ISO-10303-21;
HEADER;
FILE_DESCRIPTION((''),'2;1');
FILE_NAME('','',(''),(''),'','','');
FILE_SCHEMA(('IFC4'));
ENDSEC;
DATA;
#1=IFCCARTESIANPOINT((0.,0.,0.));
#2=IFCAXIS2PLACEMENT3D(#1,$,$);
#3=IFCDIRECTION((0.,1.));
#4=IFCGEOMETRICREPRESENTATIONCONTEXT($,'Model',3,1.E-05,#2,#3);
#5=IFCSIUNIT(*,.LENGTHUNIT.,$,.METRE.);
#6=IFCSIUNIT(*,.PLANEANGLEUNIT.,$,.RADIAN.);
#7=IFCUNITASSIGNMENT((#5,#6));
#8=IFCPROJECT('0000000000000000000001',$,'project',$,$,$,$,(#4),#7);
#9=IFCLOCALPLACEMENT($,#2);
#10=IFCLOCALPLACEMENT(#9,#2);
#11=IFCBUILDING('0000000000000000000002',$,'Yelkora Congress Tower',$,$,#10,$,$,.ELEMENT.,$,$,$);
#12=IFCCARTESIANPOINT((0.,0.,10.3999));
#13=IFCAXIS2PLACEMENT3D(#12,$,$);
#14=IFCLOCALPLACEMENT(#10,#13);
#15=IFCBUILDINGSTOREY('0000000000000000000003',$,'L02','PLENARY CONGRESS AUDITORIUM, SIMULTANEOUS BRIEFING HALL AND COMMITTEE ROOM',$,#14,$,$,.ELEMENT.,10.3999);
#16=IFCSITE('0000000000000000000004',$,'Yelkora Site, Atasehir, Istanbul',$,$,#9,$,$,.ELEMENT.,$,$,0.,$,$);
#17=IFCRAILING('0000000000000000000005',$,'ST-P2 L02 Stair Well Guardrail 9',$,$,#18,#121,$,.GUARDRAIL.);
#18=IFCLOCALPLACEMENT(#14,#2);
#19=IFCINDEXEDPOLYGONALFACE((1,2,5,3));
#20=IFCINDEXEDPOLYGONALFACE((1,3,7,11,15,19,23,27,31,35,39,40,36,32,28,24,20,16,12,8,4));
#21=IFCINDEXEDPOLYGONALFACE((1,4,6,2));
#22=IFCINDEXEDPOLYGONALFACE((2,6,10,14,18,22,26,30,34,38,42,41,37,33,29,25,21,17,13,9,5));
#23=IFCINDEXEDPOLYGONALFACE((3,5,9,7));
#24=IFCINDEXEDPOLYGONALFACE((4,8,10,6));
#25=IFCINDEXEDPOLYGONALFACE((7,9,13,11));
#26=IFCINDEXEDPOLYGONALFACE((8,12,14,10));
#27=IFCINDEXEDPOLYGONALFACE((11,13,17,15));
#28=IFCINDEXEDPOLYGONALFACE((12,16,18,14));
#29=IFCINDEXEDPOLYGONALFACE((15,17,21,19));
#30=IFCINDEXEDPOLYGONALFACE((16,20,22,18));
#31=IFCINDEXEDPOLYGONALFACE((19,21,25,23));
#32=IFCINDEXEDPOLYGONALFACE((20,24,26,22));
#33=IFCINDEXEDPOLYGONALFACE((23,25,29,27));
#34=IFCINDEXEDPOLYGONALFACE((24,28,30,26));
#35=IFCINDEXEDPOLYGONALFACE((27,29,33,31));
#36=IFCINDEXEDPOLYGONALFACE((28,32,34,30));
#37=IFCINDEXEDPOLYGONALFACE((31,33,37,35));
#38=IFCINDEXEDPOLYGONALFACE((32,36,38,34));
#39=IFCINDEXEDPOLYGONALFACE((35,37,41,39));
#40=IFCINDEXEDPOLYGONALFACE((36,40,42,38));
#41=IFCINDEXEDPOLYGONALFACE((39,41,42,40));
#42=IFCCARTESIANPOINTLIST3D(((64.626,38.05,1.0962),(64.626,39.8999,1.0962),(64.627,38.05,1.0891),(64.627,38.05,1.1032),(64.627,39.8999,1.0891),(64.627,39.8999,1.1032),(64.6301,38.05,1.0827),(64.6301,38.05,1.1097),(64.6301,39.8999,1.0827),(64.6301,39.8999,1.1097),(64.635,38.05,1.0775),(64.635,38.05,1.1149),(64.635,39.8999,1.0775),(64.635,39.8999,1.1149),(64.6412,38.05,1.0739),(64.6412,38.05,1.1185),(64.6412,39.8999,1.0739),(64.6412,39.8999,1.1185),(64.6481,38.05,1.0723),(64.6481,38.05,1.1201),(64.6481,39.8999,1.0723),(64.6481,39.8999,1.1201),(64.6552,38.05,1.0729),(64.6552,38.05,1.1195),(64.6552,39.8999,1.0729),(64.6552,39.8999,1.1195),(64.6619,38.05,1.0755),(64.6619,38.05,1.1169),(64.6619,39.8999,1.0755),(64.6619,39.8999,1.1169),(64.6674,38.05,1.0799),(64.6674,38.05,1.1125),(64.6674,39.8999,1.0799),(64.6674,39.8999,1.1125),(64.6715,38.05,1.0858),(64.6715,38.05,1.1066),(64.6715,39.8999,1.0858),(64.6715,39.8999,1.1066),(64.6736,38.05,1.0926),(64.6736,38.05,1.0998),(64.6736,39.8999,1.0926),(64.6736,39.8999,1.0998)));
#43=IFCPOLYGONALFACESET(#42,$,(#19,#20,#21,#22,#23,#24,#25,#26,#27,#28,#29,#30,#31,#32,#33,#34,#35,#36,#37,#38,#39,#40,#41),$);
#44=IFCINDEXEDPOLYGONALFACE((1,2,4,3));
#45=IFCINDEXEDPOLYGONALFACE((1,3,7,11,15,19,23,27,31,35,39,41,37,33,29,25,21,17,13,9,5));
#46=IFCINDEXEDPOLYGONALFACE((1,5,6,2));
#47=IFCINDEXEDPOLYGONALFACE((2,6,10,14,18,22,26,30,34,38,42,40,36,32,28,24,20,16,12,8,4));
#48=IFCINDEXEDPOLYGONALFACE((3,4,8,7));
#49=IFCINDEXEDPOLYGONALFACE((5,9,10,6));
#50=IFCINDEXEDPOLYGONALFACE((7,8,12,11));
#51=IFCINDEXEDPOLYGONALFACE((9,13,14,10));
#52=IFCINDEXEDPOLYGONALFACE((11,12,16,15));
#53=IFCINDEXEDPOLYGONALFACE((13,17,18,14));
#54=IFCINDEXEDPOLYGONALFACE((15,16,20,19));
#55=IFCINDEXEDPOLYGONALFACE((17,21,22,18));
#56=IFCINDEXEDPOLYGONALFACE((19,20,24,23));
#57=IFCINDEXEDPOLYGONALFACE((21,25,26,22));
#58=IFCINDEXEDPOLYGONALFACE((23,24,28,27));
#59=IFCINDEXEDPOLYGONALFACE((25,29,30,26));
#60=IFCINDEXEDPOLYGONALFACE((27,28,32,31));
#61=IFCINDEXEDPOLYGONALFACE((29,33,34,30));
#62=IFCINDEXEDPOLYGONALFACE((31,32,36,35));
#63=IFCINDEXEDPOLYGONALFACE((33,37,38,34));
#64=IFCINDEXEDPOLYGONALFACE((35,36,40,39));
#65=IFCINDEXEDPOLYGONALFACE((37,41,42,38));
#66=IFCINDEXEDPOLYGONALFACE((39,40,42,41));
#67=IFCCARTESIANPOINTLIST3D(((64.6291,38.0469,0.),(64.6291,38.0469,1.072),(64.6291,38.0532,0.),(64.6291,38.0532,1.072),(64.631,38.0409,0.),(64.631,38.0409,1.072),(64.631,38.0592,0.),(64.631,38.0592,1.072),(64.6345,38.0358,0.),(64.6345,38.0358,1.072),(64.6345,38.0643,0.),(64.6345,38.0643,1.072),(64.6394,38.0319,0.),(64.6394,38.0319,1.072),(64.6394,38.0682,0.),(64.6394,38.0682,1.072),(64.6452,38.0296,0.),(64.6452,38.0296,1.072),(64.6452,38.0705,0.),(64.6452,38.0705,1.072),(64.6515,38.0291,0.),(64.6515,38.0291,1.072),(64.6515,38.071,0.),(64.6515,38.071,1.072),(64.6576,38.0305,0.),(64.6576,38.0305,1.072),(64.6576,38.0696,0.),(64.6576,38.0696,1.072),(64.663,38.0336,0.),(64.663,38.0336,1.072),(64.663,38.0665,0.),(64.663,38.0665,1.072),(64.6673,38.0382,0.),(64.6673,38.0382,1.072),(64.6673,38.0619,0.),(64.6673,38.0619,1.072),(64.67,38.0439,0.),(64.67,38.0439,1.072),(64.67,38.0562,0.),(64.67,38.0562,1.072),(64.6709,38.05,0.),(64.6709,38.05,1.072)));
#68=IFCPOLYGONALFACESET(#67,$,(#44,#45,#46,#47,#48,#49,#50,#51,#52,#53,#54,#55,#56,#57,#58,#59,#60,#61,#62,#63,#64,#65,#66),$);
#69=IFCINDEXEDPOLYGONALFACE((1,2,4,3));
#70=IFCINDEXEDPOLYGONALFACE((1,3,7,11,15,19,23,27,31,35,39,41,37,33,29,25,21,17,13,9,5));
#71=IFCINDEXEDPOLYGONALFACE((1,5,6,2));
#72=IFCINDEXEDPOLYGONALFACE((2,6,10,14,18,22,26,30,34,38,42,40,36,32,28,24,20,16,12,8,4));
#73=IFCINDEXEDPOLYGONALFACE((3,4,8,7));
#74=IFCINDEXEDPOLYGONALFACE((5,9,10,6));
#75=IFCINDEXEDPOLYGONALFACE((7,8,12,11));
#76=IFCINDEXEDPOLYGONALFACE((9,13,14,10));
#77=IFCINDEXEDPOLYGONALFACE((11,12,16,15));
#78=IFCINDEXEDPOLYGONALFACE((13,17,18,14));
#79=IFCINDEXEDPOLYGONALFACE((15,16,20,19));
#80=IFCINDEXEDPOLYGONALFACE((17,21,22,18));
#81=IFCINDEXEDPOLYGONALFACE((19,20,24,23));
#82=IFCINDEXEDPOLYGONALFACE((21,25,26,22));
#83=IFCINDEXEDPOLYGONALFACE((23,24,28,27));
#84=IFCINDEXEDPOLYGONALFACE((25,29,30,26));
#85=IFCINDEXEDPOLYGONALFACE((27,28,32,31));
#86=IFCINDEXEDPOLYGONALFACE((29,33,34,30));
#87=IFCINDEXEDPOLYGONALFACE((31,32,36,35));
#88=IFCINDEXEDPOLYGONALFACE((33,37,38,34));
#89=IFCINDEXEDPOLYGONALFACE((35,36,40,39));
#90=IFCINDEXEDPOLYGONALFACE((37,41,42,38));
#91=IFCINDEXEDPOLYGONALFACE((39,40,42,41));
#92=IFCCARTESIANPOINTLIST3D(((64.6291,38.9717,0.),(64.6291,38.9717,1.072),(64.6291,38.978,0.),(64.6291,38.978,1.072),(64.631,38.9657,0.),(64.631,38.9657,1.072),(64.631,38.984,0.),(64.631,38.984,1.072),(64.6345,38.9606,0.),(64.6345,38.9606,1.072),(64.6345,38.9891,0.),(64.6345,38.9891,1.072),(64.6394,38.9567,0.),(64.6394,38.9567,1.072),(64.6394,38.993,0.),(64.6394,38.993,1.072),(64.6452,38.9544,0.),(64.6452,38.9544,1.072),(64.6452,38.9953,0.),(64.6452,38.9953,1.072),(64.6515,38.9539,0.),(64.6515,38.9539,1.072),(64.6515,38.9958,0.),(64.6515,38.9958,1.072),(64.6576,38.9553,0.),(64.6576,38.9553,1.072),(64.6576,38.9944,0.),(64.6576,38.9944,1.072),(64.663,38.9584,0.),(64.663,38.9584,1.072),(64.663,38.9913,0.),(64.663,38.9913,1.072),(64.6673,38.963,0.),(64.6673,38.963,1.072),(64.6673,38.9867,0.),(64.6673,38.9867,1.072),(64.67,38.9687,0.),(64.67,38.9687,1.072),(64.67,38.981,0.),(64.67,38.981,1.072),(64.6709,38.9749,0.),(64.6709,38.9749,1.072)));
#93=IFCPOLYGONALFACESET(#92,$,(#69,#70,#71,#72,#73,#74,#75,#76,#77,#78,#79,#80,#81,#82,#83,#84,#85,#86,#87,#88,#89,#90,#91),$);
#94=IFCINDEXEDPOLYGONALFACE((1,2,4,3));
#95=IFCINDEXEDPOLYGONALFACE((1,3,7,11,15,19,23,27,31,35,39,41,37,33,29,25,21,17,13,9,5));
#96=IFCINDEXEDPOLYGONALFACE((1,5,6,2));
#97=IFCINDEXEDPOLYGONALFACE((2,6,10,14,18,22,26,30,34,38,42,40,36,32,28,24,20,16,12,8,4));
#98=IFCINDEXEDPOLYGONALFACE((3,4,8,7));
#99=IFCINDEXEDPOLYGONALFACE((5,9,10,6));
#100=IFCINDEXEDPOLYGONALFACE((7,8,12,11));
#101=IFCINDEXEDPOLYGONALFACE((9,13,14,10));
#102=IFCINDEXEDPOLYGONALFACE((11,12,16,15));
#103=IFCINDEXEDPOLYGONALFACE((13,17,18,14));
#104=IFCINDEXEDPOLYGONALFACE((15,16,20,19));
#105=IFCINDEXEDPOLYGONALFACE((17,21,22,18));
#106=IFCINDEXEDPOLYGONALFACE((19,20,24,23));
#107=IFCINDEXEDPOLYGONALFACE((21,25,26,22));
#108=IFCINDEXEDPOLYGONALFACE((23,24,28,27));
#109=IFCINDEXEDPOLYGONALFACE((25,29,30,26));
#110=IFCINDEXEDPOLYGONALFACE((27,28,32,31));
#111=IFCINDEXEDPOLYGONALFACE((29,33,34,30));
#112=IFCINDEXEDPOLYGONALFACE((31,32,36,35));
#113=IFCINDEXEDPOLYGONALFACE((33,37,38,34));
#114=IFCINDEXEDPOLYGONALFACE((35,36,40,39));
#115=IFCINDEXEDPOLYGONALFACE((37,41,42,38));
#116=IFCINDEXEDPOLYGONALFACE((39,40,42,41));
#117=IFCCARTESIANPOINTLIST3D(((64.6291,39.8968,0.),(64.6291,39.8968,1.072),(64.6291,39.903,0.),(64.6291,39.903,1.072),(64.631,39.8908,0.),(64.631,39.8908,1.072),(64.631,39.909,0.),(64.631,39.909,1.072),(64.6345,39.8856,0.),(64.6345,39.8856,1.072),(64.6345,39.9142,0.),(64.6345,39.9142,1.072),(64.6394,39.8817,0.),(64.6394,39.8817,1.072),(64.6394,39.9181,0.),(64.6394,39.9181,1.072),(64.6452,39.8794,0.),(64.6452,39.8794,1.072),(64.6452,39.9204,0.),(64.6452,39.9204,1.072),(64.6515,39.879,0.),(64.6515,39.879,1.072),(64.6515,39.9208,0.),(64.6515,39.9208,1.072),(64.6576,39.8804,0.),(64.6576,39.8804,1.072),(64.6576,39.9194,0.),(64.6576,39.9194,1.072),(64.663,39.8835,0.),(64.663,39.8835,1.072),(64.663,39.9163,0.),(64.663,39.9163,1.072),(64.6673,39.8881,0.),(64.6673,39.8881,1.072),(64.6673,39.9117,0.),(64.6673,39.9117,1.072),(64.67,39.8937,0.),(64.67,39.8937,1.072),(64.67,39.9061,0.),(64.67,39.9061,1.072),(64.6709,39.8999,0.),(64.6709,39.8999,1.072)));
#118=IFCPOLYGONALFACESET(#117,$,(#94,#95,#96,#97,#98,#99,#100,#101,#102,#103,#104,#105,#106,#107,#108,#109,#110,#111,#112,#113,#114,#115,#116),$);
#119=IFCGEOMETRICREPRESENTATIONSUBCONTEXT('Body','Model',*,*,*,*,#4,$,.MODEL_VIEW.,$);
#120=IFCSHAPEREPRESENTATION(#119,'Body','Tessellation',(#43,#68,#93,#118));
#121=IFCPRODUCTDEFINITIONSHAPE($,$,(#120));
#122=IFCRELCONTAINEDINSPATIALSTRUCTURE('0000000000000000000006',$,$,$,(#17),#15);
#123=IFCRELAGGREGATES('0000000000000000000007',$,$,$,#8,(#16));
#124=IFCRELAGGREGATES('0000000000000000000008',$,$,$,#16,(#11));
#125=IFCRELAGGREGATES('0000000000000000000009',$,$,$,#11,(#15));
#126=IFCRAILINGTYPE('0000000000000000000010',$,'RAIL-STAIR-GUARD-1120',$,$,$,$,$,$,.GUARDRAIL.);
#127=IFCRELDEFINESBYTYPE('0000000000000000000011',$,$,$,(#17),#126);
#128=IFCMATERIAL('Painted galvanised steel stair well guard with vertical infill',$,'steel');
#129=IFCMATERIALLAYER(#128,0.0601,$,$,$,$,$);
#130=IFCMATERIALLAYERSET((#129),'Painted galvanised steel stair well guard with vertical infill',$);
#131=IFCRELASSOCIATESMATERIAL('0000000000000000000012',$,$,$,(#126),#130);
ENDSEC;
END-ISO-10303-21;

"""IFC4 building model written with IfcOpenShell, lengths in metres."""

from ifc_helpers import new_model, si_unit, direction, frame, origin, origin_2d, place, context, subcontext, project, spatial, circle, extrude, material, layer, layer_set, type_object, element, save


model = new_model("IFC4")

# Units and contexts
model_context = context("Model", 3, precision=1e-05, world=origin(), true_north=direction((0.0, 1.0)))
body_context = subcontext(model_context, "Body", "Model", "MODEL_VIEW")
ifc_project = project(units=[si_unit("LENGTHUNIT", "METRE"), si_unit("PLANEANGLEUNIT", "RADIAN")], contexts=[model_context])

# Site, building, storey
site_placement = place(None, origin())
site = spatial("IfcSite", under=ifc_project, at=site_placement, Name="Yelkora Site, Atasehir, Istanbul", CompositionType="ELEMENT", RefElevation=0.0)
building_placement = place(site_placement, origin())
building = spatial("IfcBuilding", under=site, at=building_placement, Name="Yelkora Congress Tower", CompositionType="ELEMENT")
storey_placement = place(building_placement, frame((0.0, 0.0, 10.3999)))
storey = spatial("IfcBuildingStorey", under=building, at=storey_placement, Name="L02", Description="PLENARY CONGRESS AUDITORIUM, SIMULTANEOUS BRIEFING HALL AND COMMITTEE ROOM", CompositionType="ELEMENT", Elevation=10.3999)

# Railing
ifc_material_1 = material(Name="Painted galvanised steel stair well guard with vertical infill", Category="steel")
ifc_layer_1 = layer(ifc_material_1, 0.0601)
ifc_layer_set_1 = layer_set([ifc_layer_1], Name="Painted galvanised steel stair well guard with vertical infill")
railing_type_1 = type_object("IfcRailingType", Name="RAIL-STAIR-GUARD-1120", PredefinedType="GUARDRAIL", material=ifc_layer_set_1)
railing_1_placement = place(storey_placement, frame((64.6499, 38.05, 0.0)))
element("IfcRailing", 1, at=railing_1_placement, inside=storey, type_object=railing_type_1, Name="ST-P2 L02 Stair Well Guardrail 9", PredefinedType="GUARDRAIL", context=body_context, shape_type="SweptSolid", body=[
    extrude(circle(Radius=0.0239, at=origin_2d()), frame((0.0, 0.0, 1.0962), z_axis=(0.0, 1.0, 0.0), x_axis=(-1.0, 0.0, 0.0)), (0.0, 0.0, 1.0), 1.8499),
    extrude(circle(Radius=0.021, at=origin_2d()), origin(), (0.0, 0.0, 1.0), 1.072),
    extrude(circle(Radius=0.021, at=origin_2d()), frame((0.0, 0.9248, 0.0)), (0.0, 0.0, 1.0), 1.072),
    extrude(circle(Radius=0.021, at=origin_2d()), frame((0.0, 1.8499, 0.0)), (0.0, 0.0, 1.0), 1.072),
])

save(model, "model.ifc")
